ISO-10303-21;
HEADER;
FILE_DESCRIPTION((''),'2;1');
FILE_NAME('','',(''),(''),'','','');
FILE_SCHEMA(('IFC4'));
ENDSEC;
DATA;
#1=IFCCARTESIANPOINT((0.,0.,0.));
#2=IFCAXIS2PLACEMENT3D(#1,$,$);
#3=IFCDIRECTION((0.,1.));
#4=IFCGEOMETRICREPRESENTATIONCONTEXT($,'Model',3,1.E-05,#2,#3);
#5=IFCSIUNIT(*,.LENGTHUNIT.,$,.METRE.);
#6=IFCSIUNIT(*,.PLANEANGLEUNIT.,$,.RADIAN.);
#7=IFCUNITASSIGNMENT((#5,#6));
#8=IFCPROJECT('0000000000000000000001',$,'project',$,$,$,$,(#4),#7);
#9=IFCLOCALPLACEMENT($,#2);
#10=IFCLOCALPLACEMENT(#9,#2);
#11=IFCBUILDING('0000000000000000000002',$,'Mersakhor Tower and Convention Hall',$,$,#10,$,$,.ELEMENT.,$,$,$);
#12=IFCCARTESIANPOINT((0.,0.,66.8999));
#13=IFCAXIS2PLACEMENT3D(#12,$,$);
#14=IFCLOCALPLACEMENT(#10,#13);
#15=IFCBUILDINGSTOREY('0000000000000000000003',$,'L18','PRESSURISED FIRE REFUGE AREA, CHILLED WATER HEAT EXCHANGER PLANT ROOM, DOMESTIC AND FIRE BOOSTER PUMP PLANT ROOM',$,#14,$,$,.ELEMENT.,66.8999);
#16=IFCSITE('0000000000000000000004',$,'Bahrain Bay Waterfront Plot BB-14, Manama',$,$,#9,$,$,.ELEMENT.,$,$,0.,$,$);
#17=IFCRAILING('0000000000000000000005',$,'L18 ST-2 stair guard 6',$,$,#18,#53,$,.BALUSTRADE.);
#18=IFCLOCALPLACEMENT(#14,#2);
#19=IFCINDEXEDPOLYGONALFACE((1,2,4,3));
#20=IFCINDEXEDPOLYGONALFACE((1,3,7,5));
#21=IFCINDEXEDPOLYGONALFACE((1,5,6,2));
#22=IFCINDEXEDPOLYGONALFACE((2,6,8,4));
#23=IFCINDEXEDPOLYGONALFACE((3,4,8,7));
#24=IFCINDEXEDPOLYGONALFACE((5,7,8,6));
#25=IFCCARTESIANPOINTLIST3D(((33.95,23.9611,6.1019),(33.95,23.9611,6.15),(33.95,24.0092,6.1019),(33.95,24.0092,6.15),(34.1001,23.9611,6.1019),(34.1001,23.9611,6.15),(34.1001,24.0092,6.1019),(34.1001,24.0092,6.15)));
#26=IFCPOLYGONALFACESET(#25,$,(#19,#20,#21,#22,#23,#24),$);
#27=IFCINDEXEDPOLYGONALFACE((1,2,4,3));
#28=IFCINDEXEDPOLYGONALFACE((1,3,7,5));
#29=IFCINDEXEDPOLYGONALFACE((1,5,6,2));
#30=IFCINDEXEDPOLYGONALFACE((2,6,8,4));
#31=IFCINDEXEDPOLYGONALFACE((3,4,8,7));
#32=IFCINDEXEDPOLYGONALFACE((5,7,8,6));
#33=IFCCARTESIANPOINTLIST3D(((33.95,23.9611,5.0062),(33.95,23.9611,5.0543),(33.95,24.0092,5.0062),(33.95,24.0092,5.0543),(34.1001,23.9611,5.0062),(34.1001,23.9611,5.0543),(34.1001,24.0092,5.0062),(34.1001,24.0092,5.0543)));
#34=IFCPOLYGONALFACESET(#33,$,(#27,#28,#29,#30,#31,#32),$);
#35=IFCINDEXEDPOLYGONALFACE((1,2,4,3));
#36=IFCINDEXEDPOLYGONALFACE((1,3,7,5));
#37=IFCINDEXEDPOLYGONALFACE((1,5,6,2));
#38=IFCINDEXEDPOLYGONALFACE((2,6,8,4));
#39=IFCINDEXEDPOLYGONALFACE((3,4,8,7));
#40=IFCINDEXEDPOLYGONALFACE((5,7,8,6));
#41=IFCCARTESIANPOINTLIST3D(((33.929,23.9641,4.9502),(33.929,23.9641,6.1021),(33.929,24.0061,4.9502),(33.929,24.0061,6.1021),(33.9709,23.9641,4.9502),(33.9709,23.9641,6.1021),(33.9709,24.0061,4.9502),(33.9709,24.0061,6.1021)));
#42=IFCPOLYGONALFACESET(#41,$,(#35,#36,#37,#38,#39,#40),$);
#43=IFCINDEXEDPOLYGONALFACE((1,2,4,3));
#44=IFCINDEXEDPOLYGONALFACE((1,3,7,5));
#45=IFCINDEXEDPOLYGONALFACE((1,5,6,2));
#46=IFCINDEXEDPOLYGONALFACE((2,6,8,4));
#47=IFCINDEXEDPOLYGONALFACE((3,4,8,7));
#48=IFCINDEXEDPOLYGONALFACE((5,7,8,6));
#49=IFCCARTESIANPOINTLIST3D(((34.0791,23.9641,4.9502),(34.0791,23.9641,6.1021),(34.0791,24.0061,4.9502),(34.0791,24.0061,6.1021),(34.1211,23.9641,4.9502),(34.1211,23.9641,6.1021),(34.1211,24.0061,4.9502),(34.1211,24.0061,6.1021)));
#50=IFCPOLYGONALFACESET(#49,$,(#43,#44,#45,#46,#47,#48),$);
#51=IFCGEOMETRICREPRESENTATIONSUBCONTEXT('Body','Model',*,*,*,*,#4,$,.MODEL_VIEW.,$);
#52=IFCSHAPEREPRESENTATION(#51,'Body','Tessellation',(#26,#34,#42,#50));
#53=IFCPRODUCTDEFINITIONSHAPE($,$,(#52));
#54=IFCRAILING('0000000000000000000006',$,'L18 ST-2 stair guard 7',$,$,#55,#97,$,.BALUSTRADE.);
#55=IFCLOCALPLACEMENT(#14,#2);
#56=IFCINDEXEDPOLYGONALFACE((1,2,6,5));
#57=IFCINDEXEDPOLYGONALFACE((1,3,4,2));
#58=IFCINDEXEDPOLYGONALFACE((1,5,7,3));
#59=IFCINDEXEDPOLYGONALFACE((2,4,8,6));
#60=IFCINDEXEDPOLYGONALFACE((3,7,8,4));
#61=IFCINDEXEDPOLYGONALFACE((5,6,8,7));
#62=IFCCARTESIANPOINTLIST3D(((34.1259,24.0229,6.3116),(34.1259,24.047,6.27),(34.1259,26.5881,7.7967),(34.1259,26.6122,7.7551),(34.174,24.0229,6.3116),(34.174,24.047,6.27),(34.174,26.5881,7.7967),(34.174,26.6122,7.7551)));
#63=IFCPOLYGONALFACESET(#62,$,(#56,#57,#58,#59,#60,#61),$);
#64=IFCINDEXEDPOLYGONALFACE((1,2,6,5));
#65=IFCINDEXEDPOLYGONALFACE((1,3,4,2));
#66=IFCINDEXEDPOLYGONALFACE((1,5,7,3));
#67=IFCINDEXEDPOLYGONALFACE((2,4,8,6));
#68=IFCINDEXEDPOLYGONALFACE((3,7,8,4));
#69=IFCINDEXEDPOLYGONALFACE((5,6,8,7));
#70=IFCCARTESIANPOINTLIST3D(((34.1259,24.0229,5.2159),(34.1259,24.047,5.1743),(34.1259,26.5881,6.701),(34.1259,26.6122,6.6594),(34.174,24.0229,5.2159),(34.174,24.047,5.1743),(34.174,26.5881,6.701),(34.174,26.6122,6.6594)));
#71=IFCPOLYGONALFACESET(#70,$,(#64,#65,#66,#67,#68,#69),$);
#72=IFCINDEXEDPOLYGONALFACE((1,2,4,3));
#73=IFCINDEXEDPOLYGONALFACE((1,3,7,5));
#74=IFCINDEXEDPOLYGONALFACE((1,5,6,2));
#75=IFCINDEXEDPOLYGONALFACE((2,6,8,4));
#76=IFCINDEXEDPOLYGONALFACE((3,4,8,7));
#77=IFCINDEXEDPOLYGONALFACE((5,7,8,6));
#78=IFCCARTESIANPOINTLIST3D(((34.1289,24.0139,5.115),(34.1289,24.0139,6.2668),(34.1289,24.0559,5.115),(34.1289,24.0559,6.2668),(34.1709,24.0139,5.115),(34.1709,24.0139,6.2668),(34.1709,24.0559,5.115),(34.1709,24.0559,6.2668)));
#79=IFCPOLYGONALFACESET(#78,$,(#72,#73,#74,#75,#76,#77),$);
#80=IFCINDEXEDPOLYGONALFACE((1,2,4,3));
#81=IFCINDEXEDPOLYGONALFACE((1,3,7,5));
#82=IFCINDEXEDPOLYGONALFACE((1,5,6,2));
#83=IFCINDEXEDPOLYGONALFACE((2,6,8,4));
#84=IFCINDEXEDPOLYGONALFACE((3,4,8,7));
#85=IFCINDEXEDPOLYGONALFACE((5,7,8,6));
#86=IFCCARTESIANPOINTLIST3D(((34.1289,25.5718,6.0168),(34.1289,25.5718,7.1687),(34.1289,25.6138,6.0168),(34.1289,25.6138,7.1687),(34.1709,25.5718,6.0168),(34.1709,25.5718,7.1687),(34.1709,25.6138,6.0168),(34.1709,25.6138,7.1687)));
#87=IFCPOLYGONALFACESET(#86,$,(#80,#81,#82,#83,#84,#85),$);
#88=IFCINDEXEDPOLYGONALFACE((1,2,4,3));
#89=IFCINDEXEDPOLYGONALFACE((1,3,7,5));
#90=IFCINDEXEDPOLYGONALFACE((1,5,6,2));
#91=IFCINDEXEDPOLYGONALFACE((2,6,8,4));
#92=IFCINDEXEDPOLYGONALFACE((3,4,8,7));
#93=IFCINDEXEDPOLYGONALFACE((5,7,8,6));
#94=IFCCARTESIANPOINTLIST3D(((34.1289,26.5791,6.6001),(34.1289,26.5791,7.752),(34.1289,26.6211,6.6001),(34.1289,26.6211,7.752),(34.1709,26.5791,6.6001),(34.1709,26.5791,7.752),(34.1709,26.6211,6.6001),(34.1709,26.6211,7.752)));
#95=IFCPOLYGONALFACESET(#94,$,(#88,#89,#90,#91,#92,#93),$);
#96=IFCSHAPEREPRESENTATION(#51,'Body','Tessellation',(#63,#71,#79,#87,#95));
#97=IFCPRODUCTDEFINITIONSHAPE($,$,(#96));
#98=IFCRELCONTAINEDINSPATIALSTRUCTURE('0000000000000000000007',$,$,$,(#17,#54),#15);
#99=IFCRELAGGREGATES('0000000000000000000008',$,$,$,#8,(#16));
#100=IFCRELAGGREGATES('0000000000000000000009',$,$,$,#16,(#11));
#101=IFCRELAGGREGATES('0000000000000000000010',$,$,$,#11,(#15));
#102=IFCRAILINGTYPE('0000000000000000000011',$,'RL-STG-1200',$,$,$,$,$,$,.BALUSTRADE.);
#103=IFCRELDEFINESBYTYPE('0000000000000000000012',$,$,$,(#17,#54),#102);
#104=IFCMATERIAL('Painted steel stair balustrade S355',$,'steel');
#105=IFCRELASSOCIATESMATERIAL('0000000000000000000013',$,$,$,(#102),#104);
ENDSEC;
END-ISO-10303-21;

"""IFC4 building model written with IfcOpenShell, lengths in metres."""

from ifc_helpers import new_model, si_unit, direction, frame, origin, origin_2d, place, context, subcontext, project, spatial, rectangle, extrude, material, type_object, element, save


model = new_model("IFC4")

# Units and contexts
model_context = context("Model", 3, precision=1e-05, world=origin(), true_north=direction((0.0, 1.0)))
body_context = subcontext(model_context, "Body", "Model", "MODEL_VIEW")
ifc_project = project(units=[si_unit("LENGTHUNIT", "METRE"), si_unit("PLANEANGLEUNIT", "RADIAN")], contexts=[model_context])

# Site, building, storey
site_placement = place(None, origin())
site = spatial("IfcSite", under=ifc_project, at=site_placement, Name="Bahrain Bay Waterfront Plot BB-14, Manama", CompositionType="ELEMENT", RefElevation=0.0)
building_placement = place(site_placement, origin())
building = spatial("IfcBuilding", under=site, at=building_placement, Name="Mersakhor Tower and Convention Hall", CompositionType="ELEMENT")
storey_placement = place(building_placement, frame((0.0, 0.0, 66.8999)))
storey = spatial("IfcBuildingStorey", under=building, at=storey_placement, Name="L18", Description="PRESSURISED FIRE REFUGE AREA, CHILLED WATER HEAT EXCHANGER PLANT ROOM, DOMESTIC AND FIRE BOOSTER PUMP PLANT ROOM", CompositionType="ELEMENT", Elevation=66.8999)

# Railings
ifc_material_1 = material(Name="Painted steel stair balustrade S355", Category="steel")
railing_type_1 = type_object("IfcRailingType", Name="RL-STG-1200", PredefinedType="BALUSTRADE", material=ifc_material_1)
railing_1_placement = place(storey_placement, frame((33.95, 23.9851, 4.9502)))
element("IfcRailing", 1, at=railing_1_placement, inside=storey, type_object=railing_type_1, Name="L18 ST-2 stair guard 6", PredefinedType="BALUSTRADE", context=body_context, shape_type="SweptSolid", body=[
    extrude(rectangle(XDim=0.0481, YDim=0.0481, at=origin_2d()), frame((0.0, 0.0, 1.1758), z_axis=(1.0, 0.0, 0.0), x_axis=(0.0, 1.0, 0.0)), (0.0, 0.0, 1.0), 0.1501),
    extrude(rectangle(XDim=0.0481, YDim=0.0481, at=origin_2d()), frame((0.0, 0.0, 0.0801), z_axis=(1.0, 0.0, 0.0), x_axis=(0.0, 1.0, 0.0)), (0.0, 0.0, 1.0), 0.1501),
    extrude(rectangle(XDim=0.042, YDim=0.042, at=origin_2d()), origin(), (0.0, 0.0, 1.0), 1.1519),
    extrude(rectangle(XDim=0.042, YDim=0.042, at=origin_2d()), frame((0.1501, 0.0, 0.0)), (0.0, 0.0, 1.0), 1.1519),
])
railing_2_placement = place(storey_placement, frame((34.1499, 24.0349, 5.115)))
element("IfcRailing", 2, at=railing_2_placement, inside=storey, type_object=railing_type_1, Name="L18 ST-2 stair guard 7", PredefinedType="BALUSTRADE", context=body_context, shape_type="SweptSolid", body=[
    extrude(rectangle(XDim=0.0481, YDim=0.0481, at=origin_2d()), frame((0.0, 0.0, 1.1758), z_axis=(0.0, 0.865426, 0.501036), x_axis=(-1.0, 0.0, 0.0)), (0.0, 0.0, 1.0), 2.9641),
    extrude(rectangle(XDim=0.0481, YDim=0.0481, at=origin_2d()), frame((0.0, 0.0, 0.0801), z_axis=(0.0, 0.865426, 0.501036), x_axis=(-1.0, 0.0, 0.0)), (0.0, 0.0, 1.0), 2.9641),
    extrude(rectangle(XDim=0.042, YDim=0.042, at=origin_2d()), origin(), (0.0, 0.0, 1.0), 1.1519),
    extrude(rectangle(XDim=0.042, YDim=0.042, at=origin_2d()), frame((0.0, 1.5579, 0.9019)), (0.0, 0.0, 1.0), 1.1519),
    extrude(rectangle(XDim=0.042, YDim=0.042, at=origin_2d()), frame((0.0, 2.5652, 1.4851)), (0.0, 0.0, 1.0), 1.1519),
])

save(model, "model.ifc")
